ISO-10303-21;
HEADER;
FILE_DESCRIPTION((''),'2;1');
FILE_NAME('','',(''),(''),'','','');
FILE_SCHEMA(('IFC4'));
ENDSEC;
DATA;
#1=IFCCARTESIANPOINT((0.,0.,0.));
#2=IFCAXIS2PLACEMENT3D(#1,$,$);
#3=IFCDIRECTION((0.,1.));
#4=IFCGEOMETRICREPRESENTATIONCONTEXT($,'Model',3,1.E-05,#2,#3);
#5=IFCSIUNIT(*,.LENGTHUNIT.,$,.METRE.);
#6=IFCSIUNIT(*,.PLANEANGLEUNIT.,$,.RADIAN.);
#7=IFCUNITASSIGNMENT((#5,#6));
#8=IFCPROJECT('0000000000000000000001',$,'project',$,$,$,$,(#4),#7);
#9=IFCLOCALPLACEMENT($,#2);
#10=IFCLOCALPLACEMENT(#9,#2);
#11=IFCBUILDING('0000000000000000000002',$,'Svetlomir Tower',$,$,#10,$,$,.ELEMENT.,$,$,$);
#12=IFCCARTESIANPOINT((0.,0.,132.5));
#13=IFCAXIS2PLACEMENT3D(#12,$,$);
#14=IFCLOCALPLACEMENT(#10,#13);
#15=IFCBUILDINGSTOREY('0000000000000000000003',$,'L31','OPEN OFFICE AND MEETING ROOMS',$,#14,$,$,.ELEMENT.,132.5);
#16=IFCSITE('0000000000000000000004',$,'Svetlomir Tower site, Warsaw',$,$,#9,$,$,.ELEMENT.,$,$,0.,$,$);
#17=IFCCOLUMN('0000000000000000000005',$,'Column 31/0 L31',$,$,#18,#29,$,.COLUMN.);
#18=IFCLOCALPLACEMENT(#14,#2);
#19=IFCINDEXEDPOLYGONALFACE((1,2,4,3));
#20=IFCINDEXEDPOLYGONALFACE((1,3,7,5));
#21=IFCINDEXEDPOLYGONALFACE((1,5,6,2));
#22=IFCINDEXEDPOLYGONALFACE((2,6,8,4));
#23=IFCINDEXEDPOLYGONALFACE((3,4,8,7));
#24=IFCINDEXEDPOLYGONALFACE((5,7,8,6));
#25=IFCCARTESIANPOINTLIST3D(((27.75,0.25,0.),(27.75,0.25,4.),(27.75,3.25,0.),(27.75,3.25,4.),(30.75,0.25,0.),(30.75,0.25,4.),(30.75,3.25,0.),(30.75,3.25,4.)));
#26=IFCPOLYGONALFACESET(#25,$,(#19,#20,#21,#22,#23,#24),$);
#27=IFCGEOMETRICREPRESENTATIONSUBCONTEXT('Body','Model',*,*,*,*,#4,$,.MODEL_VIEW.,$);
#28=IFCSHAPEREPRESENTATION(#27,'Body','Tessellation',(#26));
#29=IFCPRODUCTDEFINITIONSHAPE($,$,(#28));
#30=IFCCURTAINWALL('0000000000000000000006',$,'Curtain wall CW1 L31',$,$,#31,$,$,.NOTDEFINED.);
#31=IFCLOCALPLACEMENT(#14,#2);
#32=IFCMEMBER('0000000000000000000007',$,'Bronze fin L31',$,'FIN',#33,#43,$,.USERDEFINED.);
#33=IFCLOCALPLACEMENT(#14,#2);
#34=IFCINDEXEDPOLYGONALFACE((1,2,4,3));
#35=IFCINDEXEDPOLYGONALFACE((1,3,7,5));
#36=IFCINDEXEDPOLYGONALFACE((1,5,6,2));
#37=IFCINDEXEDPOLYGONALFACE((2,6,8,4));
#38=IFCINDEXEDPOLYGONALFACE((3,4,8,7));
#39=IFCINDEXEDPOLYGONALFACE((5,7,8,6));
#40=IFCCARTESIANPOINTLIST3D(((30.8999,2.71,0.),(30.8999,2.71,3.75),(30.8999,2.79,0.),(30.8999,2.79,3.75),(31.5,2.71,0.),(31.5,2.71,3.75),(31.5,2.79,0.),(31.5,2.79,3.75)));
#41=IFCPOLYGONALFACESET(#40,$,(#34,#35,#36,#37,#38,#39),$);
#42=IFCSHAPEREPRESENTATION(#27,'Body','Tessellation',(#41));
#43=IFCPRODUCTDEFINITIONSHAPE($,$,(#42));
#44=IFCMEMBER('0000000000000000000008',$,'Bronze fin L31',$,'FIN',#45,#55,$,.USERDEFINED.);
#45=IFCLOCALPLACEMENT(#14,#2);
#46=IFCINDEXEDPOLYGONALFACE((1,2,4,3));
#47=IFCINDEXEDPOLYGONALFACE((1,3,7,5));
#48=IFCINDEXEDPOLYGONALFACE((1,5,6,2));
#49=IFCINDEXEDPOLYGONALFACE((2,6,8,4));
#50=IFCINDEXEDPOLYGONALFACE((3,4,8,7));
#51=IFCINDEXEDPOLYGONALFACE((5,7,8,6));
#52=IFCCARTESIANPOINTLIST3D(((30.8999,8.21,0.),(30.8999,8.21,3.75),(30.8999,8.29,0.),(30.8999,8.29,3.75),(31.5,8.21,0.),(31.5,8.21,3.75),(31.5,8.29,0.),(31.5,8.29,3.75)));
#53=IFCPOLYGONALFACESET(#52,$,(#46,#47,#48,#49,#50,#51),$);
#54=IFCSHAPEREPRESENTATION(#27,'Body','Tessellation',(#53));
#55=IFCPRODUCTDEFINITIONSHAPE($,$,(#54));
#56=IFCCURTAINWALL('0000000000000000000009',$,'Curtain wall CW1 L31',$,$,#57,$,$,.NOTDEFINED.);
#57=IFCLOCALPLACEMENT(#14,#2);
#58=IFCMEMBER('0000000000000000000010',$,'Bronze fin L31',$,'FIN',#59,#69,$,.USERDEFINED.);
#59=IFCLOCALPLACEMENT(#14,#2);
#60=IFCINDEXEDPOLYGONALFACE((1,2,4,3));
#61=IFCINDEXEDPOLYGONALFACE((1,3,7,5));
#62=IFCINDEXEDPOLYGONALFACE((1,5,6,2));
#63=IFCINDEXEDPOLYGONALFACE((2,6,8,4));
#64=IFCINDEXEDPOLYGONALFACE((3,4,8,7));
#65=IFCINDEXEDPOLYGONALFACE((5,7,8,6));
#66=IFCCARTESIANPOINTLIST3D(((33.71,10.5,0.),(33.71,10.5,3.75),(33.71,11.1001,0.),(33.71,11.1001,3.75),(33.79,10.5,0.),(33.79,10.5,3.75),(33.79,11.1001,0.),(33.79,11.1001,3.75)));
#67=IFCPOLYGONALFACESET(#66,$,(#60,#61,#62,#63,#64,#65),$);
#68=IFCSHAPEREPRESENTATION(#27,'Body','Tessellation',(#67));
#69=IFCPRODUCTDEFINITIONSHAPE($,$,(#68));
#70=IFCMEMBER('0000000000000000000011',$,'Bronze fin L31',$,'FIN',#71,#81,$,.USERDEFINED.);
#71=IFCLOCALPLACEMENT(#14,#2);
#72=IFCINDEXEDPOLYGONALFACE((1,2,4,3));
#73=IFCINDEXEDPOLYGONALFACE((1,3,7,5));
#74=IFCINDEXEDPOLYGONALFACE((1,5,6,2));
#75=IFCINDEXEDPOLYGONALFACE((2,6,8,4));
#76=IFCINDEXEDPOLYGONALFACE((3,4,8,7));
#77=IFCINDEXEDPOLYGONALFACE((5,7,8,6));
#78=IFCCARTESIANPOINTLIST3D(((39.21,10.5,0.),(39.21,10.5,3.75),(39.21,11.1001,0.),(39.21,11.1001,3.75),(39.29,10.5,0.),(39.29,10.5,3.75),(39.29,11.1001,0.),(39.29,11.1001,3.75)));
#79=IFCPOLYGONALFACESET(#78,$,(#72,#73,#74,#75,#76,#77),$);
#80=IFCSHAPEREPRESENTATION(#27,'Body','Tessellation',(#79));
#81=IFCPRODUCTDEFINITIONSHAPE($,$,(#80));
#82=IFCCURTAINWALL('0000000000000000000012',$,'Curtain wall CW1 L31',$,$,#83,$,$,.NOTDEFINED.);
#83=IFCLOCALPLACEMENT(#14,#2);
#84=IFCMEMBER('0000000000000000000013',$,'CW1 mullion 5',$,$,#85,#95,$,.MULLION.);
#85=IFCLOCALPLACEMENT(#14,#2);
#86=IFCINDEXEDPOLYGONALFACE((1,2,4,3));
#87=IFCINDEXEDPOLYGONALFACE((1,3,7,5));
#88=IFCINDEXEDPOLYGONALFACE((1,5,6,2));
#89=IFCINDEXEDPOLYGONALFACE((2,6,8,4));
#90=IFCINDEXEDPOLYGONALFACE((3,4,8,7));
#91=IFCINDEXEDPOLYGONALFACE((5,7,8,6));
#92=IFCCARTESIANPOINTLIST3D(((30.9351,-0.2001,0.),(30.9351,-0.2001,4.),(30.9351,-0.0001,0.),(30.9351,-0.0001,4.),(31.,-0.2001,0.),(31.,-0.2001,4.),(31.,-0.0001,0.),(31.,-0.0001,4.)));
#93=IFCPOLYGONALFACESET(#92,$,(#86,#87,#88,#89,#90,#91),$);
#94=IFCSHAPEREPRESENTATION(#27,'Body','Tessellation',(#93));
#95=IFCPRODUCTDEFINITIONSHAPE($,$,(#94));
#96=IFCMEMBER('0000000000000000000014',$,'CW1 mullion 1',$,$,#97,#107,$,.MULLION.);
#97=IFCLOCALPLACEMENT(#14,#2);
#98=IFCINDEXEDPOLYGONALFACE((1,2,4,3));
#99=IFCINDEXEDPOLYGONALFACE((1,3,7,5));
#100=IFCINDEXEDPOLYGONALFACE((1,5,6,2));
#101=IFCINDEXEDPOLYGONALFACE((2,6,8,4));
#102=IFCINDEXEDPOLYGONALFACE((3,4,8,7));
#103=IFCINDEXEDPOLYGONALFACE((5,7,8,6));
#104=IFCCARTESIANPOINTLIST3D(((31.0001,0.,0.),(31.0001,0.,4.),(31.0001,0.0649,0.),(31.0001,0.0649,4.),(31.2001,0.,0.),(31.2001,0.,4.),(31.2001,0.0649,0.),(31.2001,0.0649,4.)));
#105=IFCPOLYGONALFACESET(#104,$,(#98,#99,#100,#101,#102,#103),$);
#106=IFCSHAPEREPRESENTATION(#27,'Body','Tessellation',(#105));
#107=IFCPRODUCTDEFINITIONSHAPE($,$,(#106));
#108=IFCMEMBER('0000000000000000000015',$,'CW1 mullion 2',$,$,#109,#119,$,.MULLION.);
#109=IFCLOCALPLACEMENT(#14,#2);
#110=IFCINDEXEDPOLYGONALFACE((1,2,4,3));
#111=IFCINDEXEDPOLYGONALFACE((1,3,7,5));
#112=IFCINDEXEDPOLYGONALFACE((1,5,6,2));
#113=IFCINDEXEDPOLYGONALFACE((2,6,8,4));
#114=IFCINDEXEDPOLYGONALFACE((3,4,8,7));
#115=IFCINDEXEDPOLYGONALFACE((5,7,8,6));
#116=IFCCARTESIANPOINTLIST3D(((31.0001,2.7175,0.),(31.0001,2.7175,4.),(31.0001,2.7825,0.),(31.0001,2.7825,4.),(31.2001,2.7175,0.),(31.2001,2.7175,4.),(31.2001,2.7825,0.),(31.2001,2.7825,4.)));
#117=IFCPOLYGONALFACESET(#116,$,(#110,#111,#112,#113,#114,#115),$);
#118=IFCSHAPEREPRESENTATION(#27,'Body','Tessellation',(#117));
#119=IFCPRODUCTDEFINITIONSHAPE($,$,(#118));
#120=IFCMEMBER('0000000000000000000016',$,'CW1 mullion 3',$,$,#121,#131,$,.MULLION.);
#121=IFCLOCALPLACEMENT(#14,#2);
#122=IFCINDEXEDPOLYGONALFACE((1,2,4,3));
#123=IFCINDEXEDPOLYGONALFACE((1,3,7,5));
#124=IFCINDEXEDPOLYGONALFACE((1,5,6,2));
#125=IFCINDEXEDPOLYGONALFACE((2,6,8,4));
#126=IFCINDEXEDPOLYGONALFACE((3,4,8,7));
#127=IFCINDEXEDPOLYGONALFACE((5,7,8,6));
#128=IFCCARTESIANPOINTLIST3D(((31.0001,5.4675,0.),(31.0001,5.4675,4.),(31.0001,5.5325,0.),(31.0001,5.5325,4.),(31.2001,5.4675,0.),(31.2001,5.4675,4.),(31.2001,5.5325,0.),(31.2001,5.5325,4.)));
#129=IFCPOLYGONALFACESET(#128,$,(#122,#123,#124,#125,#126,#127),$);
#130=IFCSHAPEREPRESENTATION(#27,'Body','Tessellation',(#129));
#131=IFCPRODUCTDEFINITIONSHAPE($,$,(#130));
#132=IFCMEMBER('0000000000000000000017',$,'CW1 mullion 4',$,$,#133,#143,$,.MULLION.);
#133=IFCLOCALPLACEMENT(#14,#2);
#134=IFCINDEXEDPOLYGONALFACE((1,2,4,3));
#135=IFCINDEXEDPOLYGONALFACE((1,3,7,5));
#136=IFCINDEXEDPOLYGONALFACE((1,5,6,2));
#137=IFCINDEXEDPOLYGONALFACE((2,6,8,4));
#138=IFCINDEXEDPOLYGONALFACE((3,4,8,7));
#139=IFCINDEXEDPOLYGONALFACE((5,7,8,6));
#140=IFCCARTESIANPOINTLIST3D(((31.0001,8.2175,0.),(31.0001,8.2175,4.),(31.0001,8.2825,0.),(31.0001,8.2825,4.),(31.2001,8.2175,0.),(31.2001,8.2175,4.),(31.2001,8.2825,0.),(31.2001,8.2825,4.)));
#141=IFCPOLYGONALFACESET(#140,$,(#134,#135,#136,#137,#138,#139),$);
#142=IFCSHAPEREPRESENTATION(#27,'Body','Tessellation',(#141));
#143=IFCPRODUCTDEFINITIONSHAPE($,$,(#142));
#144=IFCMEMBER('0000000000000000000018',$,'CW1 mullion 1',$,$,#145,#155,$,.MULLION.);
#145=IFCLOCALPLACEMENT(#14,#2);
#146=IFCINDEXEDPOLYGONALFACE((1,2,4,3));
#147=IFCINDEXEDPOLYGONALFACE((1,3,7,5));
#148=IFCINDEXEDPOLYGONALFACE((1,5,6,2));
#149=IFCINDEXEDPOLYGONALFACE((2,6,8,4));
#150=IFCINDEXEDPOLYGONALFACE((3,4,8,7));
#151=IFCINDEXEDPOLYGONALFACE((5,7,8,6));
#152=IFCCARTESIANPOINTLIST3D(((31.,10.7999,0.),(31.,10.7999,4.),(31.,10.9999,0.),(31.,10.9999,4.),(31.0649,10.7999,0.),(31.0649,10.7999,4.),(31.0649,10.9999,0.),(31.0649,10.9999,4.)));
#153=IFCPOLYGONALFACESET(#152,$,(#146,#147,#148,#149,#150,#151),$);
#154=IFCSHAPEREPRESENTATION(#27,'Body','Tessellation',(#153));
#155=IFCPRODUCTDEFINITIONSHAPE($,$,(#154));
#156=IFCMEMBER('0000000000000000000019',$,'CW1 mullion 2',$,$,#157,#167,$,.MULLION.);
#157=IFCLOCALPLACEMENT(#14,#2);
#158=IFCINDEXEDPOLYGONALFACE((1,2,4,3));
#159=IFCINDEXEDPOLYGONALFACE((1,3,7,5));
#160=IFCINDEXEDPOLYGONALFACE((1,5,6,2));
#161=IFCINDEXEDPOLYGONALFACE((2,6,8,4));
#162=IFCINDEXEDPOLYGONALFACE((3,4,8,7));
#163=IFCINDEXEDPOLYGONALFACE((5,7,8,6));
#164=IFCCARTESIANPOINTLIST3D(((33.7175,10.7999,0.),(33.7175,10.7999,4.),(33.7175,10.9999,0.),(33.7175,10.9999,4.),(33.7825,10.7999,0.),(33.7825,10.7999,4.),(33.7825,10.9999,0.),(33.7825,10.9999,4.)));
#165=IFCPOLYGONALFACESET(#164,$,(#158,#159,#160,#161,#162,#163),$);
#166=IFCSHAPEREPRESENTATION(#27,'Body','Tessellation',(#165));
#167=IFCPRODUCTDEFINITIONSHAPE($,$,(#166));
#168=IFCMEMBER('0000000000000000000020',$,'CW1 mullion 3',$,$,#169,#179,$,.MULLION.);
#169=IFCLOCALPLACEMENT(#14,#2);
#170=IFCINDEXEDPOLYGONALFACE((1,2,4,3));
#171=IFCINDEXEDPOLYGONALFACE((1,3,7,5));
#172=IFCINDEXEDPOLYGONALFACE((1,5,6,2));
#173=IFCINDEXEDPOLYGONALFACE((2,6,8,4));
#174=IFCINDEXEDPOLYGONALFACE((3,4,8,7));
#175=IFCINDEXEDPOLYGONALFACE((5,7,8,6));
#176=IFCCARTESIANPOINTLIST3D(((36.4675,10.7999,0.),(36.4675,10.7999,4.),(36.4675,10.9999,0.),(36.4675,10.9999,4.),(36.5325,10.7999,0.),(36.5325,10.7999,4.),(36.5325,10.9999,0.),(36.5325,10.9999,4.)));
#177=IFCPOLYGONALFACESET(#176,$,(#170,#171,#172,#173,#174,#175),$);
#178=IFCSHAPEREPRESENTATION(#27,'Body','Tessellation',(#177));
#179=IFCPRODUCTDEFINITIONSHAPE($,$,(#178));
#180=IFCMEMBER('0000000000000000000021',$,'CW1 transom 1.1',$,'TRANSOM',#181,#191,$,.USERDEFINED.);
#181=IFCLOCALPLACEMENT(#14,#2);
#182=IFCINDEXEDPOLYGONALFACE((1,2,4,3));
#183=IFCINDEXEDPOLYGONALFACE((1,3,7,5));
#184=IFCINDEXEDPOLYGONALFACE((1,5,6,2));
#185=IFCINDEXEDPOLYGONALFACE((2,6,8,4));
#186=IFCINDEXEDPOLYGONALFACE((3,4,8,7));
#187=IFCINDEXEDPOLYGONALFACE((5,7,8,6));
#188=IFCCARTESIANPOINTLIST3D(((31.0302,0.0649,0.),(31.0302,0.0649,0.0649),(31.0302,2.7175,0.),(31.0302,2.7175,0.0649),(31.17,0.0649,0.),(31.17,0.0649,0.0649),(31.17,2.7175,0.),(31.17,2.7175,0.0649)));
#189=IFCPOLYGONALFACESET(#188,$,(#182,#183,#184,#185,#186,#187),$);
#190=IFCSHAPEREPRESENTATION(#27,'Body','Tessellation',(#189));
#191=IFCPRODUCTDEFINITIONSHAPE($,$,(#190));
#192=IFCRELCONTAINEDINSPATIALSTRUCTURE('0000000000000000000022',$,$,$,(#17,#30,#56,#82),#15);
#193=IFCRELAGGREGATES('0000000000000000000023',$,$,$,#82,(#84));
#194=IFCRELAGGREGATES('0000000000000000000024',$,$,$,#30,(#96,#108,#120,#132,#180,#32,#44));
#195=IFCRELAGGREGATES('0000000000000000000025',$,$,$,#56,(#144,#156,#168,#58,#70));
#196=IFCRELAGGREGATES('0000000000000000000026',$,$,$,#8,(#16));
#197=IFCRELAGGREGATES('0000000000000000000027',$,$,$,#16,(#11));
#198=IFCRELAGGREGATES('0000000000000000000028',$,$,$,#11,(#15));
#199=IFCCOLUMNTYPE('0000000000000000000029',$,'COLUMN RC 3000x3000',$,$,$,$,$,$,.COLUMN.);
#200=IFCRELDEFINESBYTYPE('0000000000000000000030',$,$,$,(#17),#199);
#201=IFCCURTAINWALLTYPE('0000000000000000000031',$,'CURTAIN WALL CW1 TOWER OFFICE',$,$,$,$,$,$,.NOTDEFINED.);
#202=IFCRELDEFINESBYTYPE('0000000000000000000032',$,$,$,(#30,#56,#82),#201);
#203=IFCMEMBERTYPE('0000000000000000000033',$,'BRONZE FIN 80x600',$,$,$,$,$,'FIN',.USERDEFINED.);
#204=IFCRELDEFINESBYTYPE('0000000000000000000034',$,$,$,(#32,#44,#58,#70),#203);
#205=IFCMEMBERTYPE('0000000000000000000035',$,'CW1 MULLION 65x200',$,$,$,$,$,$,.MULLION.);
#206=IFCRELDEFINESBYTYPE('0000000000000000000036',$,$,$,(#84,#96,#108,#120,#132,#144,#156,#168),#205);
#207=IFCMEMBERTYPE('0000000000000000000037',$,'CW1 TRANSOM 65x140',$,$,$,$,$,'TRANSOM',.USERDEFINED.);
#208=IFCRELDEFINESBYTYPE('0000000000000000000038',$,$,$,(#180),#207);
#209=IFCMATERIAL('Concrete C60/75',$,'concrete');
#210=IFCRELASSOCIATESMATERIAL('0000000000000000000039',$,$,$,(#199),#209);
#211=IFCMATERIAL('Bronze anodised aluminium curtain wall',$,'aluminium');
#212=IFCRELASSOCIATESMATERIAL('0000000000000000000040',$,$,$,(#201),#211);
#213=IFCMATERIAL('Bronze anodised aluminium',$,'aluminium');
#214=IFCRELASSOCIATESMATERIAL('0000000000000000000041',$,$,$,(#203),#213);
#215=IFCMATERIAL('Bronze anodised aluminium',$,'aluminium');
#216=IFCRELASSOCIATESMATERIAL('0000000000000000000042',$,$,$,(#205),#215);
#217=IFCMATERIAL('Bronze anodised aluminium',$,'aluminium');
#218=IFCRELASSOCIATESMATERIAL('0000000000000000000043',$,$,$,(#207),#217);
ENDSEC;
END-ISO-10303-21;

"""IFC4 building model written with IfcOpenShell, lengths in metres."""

from ifc_helpers import new_model, si_unit, direction, frame, origin, origin_2d, place, context, subcontext, project, spatial, rectangle, extrude, material, material_profile, profile_set, type_object, element, aggregate, save


model = new_model("IFC4")

# Units and contexts
model_context = context("Model", 3, precision=1e-05, world=origin(), true_north=direction((0.0, 1.0)))
body_context = subcontext(model_context, "Body", "Model", "MODEL_VIEW")
ifc_project = project(units=[si_unit("LENGTHUNIT", "METRE"), si_unit("PLANEANGLEUNIT", "RADIAN")], contexts=[model_context])

# Site, building, storey
site_placement = place(None, origin())
site = spatial("IfcSite", under=ifc_project, at=site_placement, Name="Svetlomir Tower site, Warsaw", CompositionType="ELEMENT", RefElevation=0.0)
building_placement = place(site_placement, origin())
building = spatial("IfcBuilding", under=site, at=building_placement, Name="Svetlomir Tower", CompositionType="ELEMENT")
storey_placement = place(building_placement, frame((0.0, 0.0, 132.5)))
storey = spatial("IfcBuildingStorey", under=building, at=storey_placement, Name="L31", Description="OPEN OFFICE AND MEETING ROOMS", CompositionType="ELEMENT", Elevation=132.5)

# Column
ifc_material_1 = material(Name="Concrete C60/75", Category="concrete")
ifc_material_profile_1 = material_profile(ifc_material_1, rectangle(XDim=3.0, YDim=3.0, at=origin_2d()), Name="RC 3000x3000")
ifc_profile_set_1 = profile_set([ifc_material_profile_1], Name="Concrete C60/75")
column_type = type_object("IfcColumnType", Name="COLUMN RC 3000x3000", PredefinedType="COLUMN", material=ifc_profile_set_1)
column_placement = place(storey_placement, frame((29.25, 1.75, 0.0), z_axis=(0.0, 0.0, 1.0), x_axis=(1.0, 0.0, 0.0)))
element("IfcColumn", 1, at=column_placement, inside=storey, type_object=column_type, Name="Column 31/0 L31", PredefinedType="COLUMN", context=body_context, shape_type="SweptSolid", body=[
    extrude(rectangle(XDim=3.0, YDim=3.0, at=origin_2d()), origin(), (0.0, 0.0, 1.0), 4.0),
])

# Curtain walls, members
ifc_material_2 = material(Name="Bronze anodised aluminium curtain wall", Category="aluminium")
curtain_wall_type = type_object("IfcCurtainWallType", Name="CURTAIN WALL CW1 TOWER OFFICE", PredefinedType="NOTDEFINED", material=ifc_material_2)
curtain_wall_1_placement = place(storey_placement, origin())
curtain_wall_1 = element("IfcCurtainWall", 2, at=curtain_wall_1_placement, inside=storey, type_object=curtain_wall_type, Name="Curtain wall CW1 L31", PredefinedType="NOTDEFINED")
ifc_material_3 = material(Name="Bronze anodised aluminium", Category="aluminium")
ifc_material_profile_2 = material_profile(ifc_material_3, rectangle(XDim=0.0801, YDim=0.6001, at=origin_2d()), Name="FIN 80x600")
ifc_profile_set_2 = profile_set([ifc_material_profile_2], Name="Bronze anodised aluminium 6063-T6")
member_type_1 = type_object("IfcMemberType", Name="BRONZE FIN 80x600", ElementType="FIN", PredefinedType="USERDEFINED", material=ifc_profile_set_2)
member_1_placement = place(storey_placement, frame((31.2, 2.75, 0.0), z_axis=(0.0, 0.0, 1.0), x_axis=(0.0, 1.0, 0.0)))
member_1 = element("IfcMember", 3, at=member_1_placement, type_object=member_type_1, Name="Bronze fin L31", ObjectType="FIN", PredefinedType="USERDEFINED", context=body_context, shape_type="SweptSolid", body=[
    extrude(rectangle(XDim=0.0801, YDim=0.6001, at=origin_2d()), origin(), (0.0, 0.0, 1.0), 3.75),
])
member_2_placement = place(storey_placement, frame((31.2, 8.25, 0.0), z_axis=(0.0, 0.0, 1.0), x_axis=(0.0, 1.0, 0.0)))
member_2 = element("IfcMember", 4, at=member_2_placement, type_object=member_type_1, Name="Bronze fin L31", ObjectType="FIN", PredefinedType="USERDEFINED", context=body_context, shape_type="SweptSolid", body=[
    extrude(rectangle(XDim=0.0801, YDim=0.6001, at=origin_2d()), origin(), (0.0, 0.0, 1.0), 3.75),
])
curtain_wall_2_placement = place(storey_placement, origin())
curtain_wall_2 = element("IfcCurtainWall", 5, at=curtain_wall_2_placement, inside=storey, type_object=curtain_wall_type, Name="Curtain wall CW1 L31", PredefinedType="NOTDEFINED")
member_3_placement = place(storey_placement, frame((33.75, 10.8, 0.0), z_axis=(0.0, 0.0, 1.0), x_axis=(1.0, 0.0, 0.0)))
member_3 = element("IfcMember", 6, at=member_3_placement, type_object=member_type_1, Name="Bronze fin L31", ObjectType="FIN", PredefinedType="USERDEFINED", context=body_context, shape_type="SweptSolid", body=[
    extrude(rectangle(XDim=0.0801, YDim=0.6001, at=origin_2d()), origin(), (0.0, 0.0, 1.0), 3.75),
])
member_4_placement = place(storey_placement, frame((39.25, 10.8, 0.0), z_axis=(0.0, 0.0, 1.0), x_axis=(1.0, 0.0, 0.0)))
member_4 = element("IfcMember", 7, at=member_4_placement, type_object=member_type_1, Name="Bronze fin L31", ObjectType="FIN", PredefinedType="USERDEFINED", context=body_context, shape_type="SweptSolid", body=[
    extrude(rectangle(XDim=0.0801, YDim=0.6001, at=origin_2d()), origin(), (0.0, 0.0, 1.0), 3.75),
])

# Curtain wall, member
curtain_wall_3_placement = place(storey_placement, origin())
curtain_wall_3 = element("IfcCurtainWall", 8, at=curtain_wall_3_placement, inside=storey, type_object=curtain_wall_type, Name="Curtain wall CW1 L31", PredefinedType="NOTDEFINED")
ifc_material_4 = material(Name="Bronze anodised aluminium", Category="aluminium")
ifc_material_profile_3 = material_profile(ifc_material_4, rectangle(XDim=0.0649, YDim=0.2, at=origin_2d()), Name="AL 65x200")
ifc_profile_set_3 = profile_set([ifc_material_profile_3], Name="Bronze anodised aluminium 6063-T6")
member_type_2 = type_object("IfcMemberType", Name="CW1 MULLION 65x200", PredefinedType="MULLION", material=ifc_profile_set_3)
member_5_placement = place(storey_placement, frame((30.9675, -0.1001, 0.0), z_axis=(0.0, 0.0, 1.0), x_axis=(1.0, 0.0, 0.0)))
member_5 = element("IfcMember", 9, at=member_5_placement, type_object=member_type_2, Name="CW1 mullion 5", PredefinedType="MULLION", context=body_context, shape_type="SweptSolid", body=[
    extrude(rectangle(XDim=0.0649, YDim=0.2, at=origin_2d()), origin(), (0.0, 0.0, 1.0), 4.0),
])

# Members
member_6_placement = place(storey_placement, frame((31.1001, 0.0325, 0.0), z_axis=(0.0, 0.0, 1.0), x_axis=(0.0, 1.0, 0.0)))
member_6 = element("IfcMember", 10, at=member_6_placement, type_object=member_type_2, Name="CW1 mullion 1", PredefinedType="MULLION", context=body_context, shape_type="SweptSolid", body=[
    extrude(rectangle(XDim=0.0649, YDim=0.2, at=origin_2d()), origin(), (0.0, 0.0, 1.0), 4.0),
])
member_7_placement = place(storey_placement, frame((31.1001, 2.75, 0.0), z_axis=(0.0, 0.0, 1.0), x_axis=(0.0, 1.0, 0.0)))
member_7 = element("IfcMember", 11, at=member_7_placement, type_object=member_type_2, Name="CW1 mullion 2", PredefinedType="MULLION", context=body_context, shape_type="SweptSolid", body=[
    extrude(rectangle(XDim=0.0649, YDim=0.2, at=origin_2d()), origin(), (0.0, 0.0, 1.0), 4.0),
])
member_8_placement = place(storey_placement, frame((31.1001, 5.5, 0.0), z_axis=(0.0, 0.0, 1.0), x_axis=(0.0, 1.0, 0.0)))
member_8 = element("IfcMember", 12, at=member_8_placement, type_object=member_type_2, Name="CW1 mullion 3", PredefinedType="MULLION", context=body_context, shape_type="SweptSolid", body=[
    extrude(rectangle(XDim=0.0649, YDim=0.2, at=origin_2d()), origin(), (0.0, 0.0, 1.0), 4.0),
])
member_9_placement = place(storey_placement, frame((31.1001, 8.25, 0.0), z_axis=(0.0, 0.0, 1.0), x_axis=(0.0, 1.0, 0.0)))
member_9 = element("IfcMember", 13, at=member_9_placement, type_object=member_type_2, Name="CW1 mullion 4", PredefinedType="MULLION", context=body_context, shape_type="SweptSolid", body=[
    extrude(rectangle(XDim=0.0649, YDim=0.2, at=origin_2d()), origin(), (0.0, 0.0, 1.0), 4.0),
])
member_10_placement = place(storey_placement, frame((31.0325, 10.8999, 0.0), z_axis=(0.0, 0.0, 1.0), x_axis=(1.0, 0.0, 0.0)))
member_10 = element("IfcMember", 14, at=member_10_placement, type_object=member_type_2, Name="CW1 mullion 1", PredefinedType="MULLION", context=body_context, shape_type="SweptSolid", body=[
    extrude(rectangle(XDim=0.0649, YDim=0.2, at=origin_2d()), origin(), (0.0, 0.0, 1.0), 4.0),
])
member_11_placement = place(storey_placement, frame((33.75, 10.8999, 0.0), z_axis=(0.0, 0.0, 1.0), x_axis=(1.0, 0.0, 0.0)))
member_11 = element("IfcMember", 15, at=member_11_placement, type_object=member_type_2, Name="CW1 mullion 2", PredefinedType="MULLION", context=body_context, shape_type="SweptSolid", body=[
    extrude(rectangle(XDim=0.0649, YDim=0.2, at=origin_2d()), origin(), (0.0, 0.0, 1.0), 4.0),
])
member_12_placement = place(storey_placement, frame((36.5, 10.8999, 0.0), z_axis=(0.0, 0.0, 1.0), x_axis=(1.0, 0.0, 0.0)))
member_12 = element("IfcMember", 16, at=member_12_placement, type_object=member_type_2, Name="CW1 mullion 3", PredefinedType="MULLION", context=body_context, shape_type="SweptSolid", body=[
    extrude(rectangle(XDim=0.0649, YDim=0.2, at=origin_2d()), origin(), (0.0, 0.0, 1.0), 4.0),
])
ifc_material_5 = material(Name="Bronze anodised aluminium", Category="aluminium")
ifc_material_profile_4 = material_profile(ifc_material_5, rectangle(XDim=0.1399, YDim=0.0649, at=origin_2d()), Name="AL 140x65")
ifc_profile_set_4 = profile_set([ifc_material_profile_4], Name="Bronze anodised aluminium 6063-T6")
member_type_3 = type_object("IfcMemberType", Name="CW1 TRANSOM 65x140", ElementType="TRANSOM", PredefinedType="USERDEFINED", material=ifc_profile_set_4)
member_13_placement = place(storey_placement, frame((31.1001, 0.0649, 0.0325), z_axis=(0.0, 1.0, 0.0), x_axis=(-1.0, 0.0, 0.0)))
member_13 = element("IfcMember", 17, at=member_13_placement, type_object=member_type_3, Name="CW1 transom 1.1", ObjectType="TRANSOM", PredefinedType="USERDEFINED", context=body_context, shape_type="SweptSolid", body=[
    extrude(rectangle(XDim=0.1399, YDim=0.0649, at=origin_2d()), origin(), (0.0, 0.0, 1.0), 2.6526),
])

aggregate(curtain_wall_3, [member_5])
aggregate(curtain_wall_1, [member_6, member_7, member_8, member_9, member_13, member_1, member_2])
aggregate(curtain_wall_2, [member_10, member_11, member_12, member_3, member_4])

save(model, "model.ifc")
